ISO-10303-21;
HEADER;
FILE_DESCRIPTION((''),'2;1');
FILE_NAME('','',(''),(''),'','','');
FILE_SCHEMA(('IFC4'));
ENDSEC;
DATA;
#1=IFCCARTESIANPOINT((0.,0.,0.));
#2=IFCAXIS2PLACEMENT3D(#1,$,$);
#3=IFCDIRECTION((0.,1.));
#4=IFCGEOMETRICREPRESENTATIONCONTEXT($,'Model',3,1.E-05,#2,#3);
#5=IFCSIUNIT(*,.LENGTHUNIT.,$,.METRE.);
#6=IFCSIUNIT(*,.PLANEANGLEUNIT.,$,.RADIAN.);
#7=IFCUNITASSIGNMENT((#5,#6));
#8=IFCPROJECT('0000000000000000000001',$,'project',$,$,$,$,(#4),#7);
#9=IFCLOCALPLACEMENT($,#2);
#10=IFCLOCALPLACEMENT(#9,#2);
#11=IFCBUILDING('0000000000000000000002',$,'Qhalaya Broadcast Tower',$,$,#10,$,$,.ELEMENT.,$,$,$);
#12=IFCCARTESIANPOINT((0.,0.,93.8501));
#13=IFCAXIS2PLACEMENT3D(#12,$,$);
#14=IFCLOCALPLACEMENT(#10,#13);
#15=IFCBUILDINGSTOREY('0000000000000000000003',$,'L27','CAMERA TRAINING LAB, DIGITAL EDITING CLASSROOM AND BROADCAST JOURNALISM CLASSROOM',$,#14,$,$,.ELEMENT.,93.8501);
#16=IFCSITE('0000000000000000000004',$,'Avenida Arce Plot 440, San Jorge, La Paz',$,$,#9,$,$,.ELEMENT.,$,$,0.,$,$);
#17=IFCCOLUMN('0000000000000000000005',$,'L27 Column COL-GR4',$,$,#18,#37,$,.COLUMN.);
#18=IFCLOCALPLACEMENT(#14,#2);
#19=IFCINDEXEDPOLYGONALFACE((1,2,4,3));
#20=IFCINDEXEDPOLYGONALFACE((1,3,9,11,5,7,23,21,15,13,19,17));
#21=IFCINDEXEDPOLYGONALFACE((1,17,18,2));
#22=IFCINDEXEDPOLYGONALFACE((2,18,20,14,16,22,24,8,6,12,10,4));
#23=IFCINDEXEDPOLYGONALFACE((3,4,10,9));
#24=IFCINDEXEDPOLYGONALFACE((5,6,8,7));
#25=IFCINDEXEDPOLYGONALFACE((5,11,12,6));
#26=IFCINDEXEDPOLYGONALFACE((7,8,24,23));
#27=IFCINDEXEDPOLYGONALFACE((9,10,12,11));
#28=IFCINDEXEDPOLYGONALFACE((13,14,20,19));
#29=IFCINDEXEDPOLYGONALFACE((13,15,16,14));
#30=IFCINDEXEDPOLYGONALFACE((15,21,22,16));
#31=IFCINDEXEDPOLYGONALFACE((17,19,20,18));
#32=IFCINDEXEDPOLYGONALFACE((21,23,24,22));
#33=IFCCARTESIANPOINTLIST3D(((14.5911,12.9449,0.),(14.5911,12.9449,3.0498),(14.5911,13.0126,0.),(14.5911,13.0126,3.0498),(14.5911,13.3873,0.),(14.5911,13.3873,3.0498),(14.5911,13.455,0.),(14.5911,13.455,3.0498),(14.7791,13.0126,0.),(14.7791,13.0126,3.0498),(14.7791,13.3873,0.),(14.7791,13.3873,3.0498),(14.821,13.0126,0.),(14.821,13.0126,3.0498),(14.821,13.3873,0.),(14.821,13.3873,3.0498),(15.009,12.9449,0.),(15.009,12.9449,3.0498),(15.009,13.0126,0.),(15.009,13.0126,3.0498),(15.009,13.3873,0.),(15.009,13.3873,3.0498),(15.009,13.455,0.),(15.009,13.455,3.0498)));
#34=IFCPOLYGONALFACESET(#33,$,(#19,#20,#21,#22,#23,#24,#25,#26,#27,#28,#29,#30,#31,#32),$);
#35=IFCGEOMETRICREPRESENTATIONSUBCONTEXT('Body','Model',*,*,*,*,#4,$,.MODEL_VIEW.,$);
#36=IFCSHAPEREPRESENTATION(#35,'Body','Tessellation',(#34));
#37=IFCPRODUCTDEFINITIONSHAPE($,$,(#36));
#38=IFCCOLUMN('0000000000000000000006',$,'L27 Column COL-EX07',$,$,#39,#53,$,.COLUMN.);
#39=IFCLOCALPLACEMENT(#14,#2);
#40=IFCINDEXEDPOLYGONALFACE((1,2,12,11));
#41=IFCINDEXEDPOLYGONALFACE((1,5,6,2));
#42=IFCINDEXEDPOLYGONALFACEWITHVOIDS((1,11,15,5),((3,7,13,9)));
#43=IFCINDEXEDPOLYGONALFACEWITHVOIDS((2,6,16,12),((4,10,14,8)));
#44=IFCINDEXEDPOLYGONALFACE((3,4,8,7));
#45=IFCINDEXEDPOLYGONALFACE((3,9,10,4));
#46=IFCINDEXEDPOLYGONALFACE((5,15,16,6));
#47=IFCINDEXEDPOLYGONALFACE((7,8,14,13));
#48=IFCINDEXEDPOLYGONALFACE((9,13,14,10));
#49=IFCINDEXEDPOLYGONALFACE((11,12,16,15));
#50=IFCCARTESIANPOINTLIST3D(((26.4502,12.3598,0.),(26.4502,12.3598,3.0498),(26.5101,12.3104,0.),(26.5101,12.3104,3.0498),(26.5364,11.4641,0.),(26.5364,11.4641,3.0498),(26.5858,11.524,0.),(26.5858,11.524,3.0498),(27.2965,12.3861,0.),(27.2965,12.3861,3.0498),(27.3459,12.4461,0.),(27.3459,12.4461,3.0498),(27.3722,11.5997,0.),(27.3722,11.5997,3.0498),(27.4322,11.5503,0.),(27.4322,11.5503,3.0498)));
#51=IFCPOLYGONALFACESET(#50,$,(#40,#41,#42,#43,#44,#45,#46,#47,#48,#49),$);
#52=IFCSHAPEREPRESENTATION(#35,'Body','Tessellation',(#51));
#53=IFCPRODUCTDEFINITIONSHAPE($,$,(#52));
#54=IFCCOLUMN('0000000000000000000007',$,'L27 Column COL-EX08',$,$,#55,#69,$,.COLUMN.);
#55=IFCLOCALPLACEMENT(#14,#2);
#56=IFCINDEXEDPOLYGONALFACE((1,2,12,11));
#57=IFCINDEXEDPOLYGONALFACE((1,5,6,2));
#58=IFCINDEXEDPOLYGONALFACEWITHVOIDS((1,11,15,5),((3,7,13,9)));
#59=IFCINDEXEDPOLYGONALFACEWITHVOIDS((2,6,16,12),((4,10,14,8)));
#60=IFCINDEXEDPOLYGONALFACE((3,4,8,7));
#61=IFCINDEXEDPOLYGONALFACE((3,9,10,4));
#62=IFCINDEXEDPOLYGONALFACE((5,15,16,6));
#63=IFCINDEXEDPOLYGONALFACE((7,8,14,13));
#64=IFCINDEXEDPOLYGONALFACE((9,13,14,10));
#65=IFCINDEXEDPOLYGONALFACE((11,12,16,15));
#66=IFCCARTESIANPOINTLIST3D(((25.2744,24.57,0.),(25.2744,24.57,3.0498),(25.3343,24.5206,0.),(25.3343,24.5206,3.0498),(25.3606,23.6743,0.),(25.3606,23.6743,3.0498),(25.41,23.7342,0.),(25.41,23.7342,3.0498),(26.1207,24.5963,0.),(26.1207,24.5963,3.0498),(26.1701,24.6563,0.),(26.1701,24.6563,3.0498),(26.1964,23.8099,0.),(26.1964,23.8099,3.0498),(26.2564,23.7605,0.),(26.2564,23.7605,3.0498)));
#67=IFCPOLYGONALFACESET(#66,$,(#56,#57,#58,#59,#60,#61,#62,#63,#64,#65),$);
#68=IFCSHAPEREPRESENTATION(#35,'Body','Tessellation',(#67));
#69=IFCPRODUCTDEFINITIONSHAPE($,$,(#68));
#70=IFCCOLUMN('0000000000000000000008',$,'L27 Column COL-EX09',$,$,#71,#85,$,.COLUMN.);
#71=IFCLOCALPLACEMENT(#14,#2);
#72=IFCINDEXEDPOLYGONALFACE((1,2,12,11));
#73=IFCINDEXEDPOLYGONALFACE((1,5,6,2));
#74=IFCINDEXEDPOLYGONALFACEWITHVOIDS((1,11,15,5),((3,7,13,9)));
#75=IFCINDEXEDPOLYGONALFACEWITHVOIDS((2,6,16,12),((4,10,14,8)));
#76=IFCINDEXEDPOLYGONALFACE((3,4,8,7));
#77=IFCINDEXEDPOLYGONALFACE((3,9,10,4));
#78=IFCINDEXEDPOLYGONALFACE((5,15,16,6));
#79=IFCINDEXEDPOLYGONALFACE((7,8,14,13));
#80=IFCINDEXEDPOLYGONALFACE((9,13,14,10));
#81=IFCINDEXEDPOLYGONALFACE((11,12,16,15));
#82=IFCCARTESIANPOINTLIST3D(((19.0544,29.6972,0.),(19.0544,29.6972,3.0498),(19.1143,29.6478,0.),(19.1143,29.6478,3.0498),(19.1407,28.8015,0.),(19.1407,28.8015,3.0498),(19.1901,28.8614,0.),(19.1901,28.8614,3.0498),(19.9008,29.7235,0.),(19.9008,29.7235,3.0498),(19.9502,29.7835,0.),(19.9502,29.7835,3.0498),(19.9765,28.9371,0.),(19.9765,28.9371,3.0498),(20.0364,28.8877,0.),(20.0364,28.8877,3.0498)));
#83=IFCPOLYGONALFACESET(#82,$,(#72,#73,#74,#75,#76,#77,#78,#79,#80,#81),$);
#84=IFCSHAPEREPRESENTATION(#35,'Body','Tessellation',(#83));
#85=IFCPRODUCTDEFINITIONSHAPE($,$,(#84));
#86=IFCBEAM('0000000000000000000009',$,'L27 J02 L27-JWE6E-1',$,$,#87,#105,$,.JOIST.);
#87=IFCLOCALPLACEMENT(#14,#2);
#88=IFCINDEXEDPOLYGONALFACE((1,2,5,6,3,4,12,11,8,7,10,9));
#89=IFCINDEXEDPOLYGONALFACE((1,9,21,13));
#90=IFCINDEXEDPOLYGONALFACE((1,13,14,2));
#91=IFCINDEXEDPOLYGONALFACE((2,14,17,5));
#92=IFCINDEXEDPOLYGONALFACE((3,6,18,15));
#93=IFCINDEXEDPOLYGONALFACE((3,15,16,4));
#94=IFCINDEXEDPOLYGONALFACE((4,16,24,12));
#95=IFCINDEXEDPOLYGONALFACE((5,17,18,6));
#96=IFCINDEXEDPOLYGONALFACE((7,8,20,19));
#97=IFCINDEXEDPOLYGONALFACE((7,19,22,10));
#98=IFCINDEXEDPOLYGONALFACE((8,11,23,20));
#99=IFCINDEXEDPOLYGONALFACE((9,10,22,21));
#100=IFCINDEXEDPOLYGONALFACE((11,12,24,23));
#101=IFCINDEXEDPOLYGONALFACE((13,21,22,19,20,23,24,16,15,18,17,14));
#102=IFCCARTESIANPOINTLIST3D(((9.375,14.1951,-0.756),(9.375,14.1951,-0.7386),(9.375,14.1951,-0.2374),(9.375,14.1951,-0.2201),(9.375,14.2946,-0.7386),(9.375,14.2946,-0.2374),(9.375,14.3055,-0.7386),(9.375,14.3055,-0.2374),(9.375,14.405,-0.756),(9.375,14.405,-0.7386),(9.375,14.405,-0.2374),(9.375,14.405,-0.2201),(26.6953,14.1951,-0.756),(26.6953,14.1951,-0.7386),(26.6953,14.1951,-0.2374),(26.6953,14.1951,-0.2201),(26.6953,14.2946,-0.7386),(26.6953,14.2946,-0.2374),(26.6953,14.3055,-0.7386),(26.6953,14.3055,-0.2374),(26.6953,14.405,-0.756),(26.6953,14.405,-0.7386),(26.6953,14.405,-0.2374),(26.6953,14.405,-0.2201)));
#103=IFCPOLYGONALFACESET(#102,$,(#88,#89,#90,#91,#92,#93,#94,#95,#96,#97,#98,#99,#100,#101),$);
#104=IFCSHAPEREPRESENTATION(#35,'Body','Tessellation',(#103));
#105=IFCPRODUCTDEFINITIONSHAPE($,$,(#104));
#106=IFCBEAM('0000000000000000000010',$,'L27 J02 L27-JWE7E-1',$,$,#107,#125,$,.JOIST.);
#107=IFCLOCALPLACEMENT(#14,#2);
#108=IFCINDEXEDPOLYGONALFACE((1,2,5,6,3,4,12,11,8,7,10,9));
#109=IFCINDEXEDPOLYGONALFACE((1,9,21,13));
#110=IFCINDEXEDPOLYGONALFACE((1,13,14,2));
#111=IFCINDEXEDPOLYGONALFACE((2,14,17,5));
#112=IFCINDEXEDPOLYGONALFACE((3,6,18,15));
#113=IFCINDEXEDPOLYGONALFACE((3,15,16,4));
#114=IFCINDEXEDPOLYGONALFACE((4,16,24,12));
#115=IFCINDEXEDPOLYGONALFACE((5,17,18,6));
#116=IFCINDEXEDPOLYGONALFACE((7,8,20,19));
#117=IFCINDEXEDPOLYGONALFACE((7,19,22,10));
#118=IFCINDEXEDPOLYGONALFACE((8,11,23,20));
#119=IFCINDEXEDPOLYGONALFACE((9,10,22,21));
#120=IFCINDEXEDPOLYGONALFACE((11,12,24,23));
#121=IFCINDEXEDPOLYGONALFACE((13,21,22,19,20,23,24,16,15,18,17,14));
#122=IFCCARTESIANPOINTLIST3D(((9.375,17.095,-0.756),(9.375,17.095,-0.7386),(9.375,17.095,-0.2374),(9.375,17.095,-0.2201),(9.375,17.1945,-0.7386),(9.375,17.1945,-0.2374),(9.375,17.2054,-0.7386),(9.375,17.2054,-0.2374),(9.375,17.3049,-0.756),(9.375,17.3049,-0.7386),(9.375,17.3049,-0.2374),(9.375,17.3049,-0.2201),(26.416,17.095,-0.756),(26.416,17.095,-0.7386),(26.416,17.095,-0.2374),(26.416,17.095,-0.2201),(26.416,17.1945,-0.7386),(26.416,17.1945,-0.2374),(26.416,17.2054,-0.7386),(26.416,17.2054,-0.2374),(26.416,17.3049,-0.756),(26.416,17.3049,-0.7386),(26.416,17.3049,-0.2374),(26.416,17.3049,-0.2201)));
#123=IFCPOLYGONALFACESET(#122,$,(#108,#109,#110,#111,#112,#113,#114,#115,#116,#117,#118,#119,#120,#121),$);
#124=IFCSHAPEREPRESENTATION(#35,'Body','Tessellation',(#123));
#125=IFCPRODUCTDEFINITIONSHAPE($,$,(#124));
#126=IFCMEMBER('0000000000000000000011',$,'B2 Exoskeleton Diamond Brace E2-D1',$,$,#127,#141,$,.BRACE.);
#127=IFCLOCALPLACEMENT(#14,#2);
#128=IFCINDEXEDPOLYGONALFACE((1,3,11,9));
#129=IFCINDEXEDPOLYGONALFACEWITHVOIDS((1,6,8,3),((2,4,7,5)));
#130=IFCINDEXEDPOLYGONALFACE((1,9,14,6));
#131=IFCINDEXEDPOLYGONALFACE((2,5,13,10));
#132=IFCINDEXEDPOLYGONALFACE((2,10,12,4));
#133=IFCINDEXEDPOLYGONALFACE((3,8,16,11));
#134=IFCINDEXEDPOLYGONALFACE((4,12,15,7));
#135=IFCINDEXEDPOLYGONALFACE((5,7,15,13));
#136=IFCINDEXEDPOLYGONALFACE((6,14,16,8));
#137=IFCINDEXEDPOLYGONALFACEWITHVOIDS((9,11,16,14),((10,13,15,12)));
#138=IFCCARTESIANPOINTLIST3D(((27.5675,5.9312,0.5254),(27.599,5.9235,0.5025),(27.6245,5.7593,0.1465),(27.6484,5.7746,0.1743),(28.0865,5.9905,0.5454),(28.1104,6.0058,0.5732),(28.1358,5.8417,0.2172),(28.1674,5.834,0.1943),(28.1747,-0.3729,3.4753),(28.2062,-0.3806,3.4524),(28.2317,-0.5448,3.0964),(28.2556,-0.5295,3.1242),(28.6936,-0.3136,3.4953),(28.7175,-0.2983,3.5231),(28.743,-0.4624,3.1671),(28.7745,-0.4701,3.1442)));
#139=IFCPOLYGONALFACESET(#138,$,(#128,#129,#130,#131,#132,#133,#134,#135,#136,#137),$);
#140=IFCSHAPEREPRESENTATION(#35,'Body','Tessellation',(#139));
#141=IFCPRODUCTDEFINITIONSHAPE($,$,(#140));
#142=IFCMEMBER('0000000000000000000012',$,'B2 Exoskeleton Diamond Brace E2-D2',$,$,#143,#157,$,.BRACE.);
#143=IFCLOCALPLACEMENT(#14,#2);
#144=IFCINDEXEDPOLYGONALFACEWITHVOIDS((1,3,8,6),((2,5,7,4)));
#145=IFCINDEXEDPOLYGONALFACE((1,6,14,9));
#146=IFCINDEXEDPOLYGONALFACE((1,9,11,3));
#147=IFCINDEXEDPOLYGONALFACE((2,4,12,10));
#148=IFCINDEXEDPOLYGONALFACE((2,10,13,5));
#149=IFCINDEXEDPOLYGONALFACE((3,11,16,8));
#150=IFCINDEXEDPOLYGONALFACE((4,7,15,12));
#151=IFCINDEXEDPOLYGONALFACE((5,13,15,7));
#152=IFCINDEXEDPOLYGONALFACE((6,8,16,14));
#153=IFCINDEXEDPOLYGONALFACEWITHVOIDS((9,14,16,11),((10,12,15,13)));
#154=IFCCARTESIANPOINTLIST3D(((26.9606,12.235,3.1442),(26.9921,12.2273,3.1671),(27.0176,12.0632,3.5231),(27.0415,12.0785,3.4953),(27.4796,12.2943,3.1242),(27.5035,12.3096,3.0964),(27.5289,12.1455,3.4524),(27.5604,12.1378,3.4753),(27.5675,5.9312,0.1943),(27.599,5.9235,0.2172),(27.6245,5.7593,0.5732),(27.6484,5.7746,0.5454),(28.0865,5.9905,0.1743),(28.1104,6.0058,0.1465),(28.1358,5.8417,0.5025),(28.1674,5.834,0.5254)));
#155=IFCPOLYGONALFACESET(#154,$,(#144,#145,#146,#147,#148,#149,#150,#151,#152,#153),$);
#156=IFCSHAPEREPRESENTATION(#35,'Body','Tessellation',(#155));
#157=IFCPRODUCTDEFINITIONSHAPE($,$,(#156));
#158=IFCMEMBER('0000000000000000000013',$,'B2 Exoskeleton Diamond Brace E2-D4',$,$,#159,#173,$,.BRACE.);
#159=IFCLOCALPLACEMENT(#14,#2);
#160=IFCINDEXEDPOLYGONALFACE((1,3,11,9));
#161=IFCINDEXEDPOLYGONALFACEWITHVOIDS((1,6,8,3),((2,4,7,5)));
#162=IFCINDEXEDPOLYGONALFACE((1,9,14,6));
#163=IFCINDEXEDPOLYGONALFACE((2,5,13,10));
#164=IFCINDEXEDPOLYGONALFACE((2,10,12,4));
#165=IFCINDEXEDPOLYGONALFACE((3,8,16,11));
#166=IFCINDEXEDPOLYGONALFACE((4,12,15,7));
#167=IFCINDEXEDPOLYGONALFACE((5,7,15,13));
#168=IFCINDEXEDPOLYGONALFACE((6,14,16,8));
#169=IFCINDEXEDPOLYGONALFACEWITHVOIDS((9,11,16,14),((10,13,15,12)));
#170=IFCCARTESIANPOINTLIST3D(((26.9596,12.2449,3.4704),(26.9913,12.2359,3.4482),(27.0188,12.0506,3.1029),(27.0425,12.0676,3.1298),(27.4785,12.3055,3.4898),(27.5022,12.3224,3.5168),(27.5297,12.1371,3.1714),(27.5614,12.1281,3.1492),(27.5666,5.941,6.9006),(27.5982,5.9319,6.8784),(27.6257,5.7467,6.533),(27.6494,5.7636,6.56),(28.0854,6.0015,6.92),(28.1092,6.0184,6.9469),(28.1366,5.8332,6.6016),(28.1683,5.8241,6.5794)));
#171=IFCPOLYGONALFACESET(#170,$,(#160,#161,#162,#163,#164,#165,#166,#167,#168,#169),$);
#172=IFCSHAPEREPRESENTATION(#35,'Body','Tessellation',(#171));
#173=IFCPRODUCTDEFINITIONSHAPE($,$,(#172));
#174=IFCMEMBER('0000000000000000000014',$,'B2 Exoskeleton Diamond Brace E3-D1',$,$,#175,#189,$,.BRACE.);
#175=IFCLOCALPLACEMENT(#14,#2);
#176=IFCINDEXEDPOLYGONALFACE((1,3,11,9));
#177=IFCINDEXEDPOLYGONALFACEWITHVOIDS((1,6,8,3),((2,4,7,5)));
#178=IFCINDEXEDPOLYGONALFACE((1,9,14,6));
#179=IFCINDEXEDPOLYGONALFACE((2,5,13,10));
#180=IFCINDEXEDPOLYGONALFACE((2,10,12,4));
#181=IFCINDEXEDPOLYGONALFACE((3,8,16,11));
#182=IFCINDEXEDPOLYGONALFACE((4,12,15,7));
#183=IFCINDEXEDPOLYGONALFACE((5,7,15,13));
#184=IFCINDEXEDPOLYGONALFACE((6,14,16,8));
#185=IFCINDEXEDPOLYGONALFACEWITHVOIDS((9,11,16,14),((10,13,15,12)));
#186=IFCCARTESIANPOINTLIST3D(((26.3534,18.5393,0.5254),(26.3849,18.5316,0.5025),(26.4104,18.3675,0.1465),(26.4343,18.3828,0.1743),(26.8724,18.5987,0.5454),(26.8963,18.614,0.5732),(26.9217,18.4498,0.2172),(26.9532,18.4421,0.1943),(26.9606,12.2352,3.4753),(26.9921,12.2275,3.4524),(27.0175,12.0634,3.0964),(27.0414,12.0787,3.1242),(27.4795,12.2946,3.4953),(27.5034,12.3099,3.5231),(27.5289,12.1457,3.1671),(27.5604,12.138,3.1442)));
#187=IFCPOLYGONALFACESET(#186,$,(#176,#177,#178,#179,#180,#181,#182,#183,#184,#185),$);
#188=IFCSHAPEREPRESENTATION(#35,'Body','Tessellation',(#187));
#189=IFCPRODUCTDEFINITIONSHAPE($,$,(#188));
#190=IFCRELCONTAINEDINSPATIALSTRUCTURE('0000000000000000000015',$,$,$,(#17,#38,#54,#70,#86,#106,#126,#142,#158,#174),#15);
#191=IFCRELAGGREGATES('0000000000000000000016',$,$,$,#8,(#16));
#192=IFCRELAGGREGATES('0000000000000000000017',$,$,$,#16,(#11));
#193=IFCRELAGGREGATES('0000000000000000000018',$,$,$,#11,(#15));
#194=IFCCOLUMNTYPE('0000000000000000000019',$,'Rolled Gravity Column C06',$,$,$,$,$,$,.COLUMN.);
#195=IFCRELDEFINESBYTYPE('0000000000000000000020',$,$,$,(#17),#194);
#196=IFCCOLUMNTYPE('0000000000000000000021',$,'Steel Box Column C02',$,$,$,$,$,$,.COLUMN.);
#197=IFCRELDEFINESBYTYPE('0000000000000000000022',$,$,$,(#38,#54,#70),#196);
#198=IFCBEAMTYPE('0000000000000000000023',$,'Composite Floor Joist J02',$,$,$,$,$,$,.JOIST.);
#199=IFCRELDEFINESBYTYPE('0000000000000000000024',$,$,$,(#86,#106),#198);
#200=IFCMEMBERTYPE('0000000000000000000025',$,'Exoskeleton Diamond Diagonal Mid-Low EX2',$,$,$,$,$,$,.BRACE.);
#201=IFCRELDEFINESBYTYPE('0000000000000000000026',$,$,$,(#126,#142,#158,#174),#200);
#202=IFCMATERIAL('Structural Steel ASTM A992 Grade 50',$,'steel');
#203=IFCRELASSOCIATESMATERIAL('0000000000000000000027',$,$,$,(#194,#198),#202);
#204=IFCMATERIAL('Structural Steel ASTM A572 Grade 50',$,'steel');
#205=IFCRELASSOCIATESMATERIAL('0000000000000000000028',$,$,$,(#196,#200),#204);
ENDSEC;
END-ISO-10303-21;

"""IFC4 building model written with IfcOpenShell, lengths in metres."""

from ifc_helpers import new_model, si_unit, direction, frame, origin, origin_2d, place, context, subcontext, project, spatial, hollow_rectangle, i_section, extrude, material, material_profile, profile_set, type_object, element, save


model = new_model("IFC4")

# Units and contexts
model_context = context("Model", 3, precision=1e-05, world=origin(), true_north=direction((0.0, 1.0)))
body_context = subcontext(model_context, "Body", "Model", "MODEL_VIEW")
ifc_project = project(units=[si_unit("LENGTHUNIT", "METRE"), si_unit("PLANEANGLEUNIT", "RADIAN")], contexts=[model_context])

# Site, building, storey
site_placement = place(None, origin())
site = spatial("IfcSite", under=ifc_project, at=site_placement, Name="Avenida Arce Plot 440, San Jorge, La Paz", CompositionType="ELEMENT", RefElevation=0.0)
building_placement = place(site_placement, origin())
building = spatial("IfcBuilding", under=site, at=building_placement, Name="Qhalaya Broadcast Tower", CompositionType="ELEMENT")
storey_placement = place(building_placement, frame((0.0, 0.0, 93.8501)))
storey = spatial("IfcBuildingStorey", under=building, at=storey_placement, Name="L27", Description="CAMERA TRAINING LAB, DIGITAL EDITING CLASSROOM AND BROADCAST JOURNALISM CLASSROOM", CompositionType="ELEMENT", Elevation=93.8501)

# Columns
ifc_material_1 = material(Name="Structural Steel ASTM A992 Grade 50", Category="steel")
ifc_material_profile_1 = material_profile(ifc_material_1, i_section(OverallWidth=0.418, OverallDepth=0.51, WebThickness=0.042, FlangeThickness=0.0676, at=origin_2d()), Name="W14X370")
ifc_profile_set_1 = profile_set([ifc_material_profile_1], Name="Structural Steel ASTM A992 Grade 50")
column_type_1 = type_object("IfcColumnType", Name="Rolled Gravity Column C06", PredefinedType="COLUMN", material=ifc_profile_set_1)
column_placement = place(storey_placement, frame((14.8, 13.2, 0.0), z_axis=(0.0, 0.0, 1.0), x_axis=(1.0, 0.0, 0.0)))
element("IfcColumn", 1, at=column_placement, inside=storey, type_object=column_type_1, Name="L27 Column COL-GR4", PredefinedType="COLUMN", context=body_context, shape_type="SweptSolid", body=[
    extrude(i_section(OverallWidth=0.418, OverallDepth=0.51, WebThickness=0.042, FlangeThickness=0.0676, at=origin_2d()), origin(), (0.0, 0.0, 1.0), 3.0498),
])
ifc_material_2 = material(Name="Structural Steel ASTM A572 Grade 50", Category="steel")
ifc_material_profile_2 = material_profile(ifc_material_2, hollow_rectangle(XDim=0.8999, YDim=0.8999, WallThickness=0.0549, at=origin_2d()), Name="BOX 900x900x55")
ifc_profile_set_2 = profile_set([ifc_material_profile_2], Name="Structural Steel ASTM A572 Grade 50")
column_type_2 = type_object("IfcColumnType", Name="Steel Box Column C02", PredefinedType="COLUMN", material=ifc_profile_set_2)
for number, where, z_axis, x_axis, name in (
    (2, (26.9412, 11.9551, 0.0), (0.0, 0.0, 1.0), (-0.095846, 0.995396, 0.0), "L27 Column COL-EX07"),
    (3, (25.7654, 24.1653, 0.0), (0.0, 0.0, 1.0), (-0.095846, 0.995396, 0.0), "L27 Column COL-EX08"),
    (4, (19.5454, 29.2925, 0.0), (0.0, 0.0, 1.0), (0.995396, 0.095846, 0.0), "L27 Column COL-EX09"),
):
    element("IfcColumn", number, at=place(storey_placement, frame(where, z_axis=z_axis, x_axis=x_axis)), inside=storey, type_object=column_type_2, Name=name, PredefinedType="COLUMN", context=body_context, shape_type="SweptSolid", body=[
        extrude(hollow_rectangle(XDim=0.8999, YDim=0.8999, WallThickness=0.0549, at=origin_2d()), origin(), (0.0, 0.0, 1.0), 3.0498),
    ])

# Beams
ifc_material_profile_3 = material_profile(ifc_material_1, i_section(OverallWidth=0.21, OverallDepth=0.5359, WebThickness=0.011, FlangeThickness=0.0173, at=origin_2d()), Name="W21X68")
ifc_profile_set_3 = profile_set([ifc_material_profile_3], Name="Structural Steel ASTM A992 Grade 50")
beam_type_1 = type_object("IfcBeamType", Name="Composite Floor Joist J02", PredefinedType="JOIST", material=ifc_profile_set_3)
beam_1_placement = place(storey_placement, frame((9.375, 14.3, -0.488), z_axis=(1.0, 0.0, 0.0), x_axis=(0.0, 1.0, 0.0)))
element("IfcBeam", 5, at=beam_1_placement, inside=storey, type_object=beam_type_1, Name="L27 J02 L27-JWE6E-1", PredefinedType="JOIST", context=body_context, shape_type="SweptSolid", body=[
    extrude(i_section(OverallWidth=0.21, OverallDepth=0.5359, WebThickness=0.011, FlangeThickness=0.0173, at=origin_2d()), origin(), (0.0, 0.0, 1.0), 17.3203),
])
beam_2_placement = place(storey_placement, frame((9.375, 17.2, -0.488), z_axis=(1.0, 0.0, 0.0), x_axis=(0.0, 1.0, 0.0)))
element("IfcBeam", 6, at=beam_2_placement, inside=storey, type_object=beam_type_1, Name="L27 J02 L27-JWE7E-1", PredefinedType="JOIST", context=body_context, shape_type="SweptSolid", body=[
    extrude(i_section(OverallWidth=0.21, OverallDepth=0.5359, WebThickness=0.011, FlangeThickness=0.0173, at=origin_2d()), origin(), (0.0, 0.0, 1.0), 17.041),
])

# Members
ifc_material_profile_4 = material_profile(ifc_material_2, hollow_rectangle(XDim=0.4199, YDim=0.55, WallThickness=0.0281, at=origin_2d()), Name="BOX 420x550x28")
ifc_profile_set_4 = profile_set([ifc_material_profile_4], Name="Structural Steel ASTM A572 Grade 50")
member_type = type_object("IfcMemberType", Name="Exoskeleton Diamond Diagonal Mid-Low EX2", PredefinedType="BRACE", material=ifc_profile_set_4)
member_1_placement = place(storey_placement, frame((27.8674, 5.8826, 0.3599), z_axis=(0.086905, -0.902316, 0.422225), x_axis=(-0.135696, 0.409156, 0.902318)))
element("IfcMember", 7, at=member_1_placement, inside=storey, type_object=member_type, Name="B2 Exoskeleton Diamond Brace E2-D1", PredefinedType="BRACE", context=body_context, shape_type="SweptSolid", body=[
    extrude(hollow_rectangle(XDim=0.4199, YDim=0.55, WallThickness=0.0281, at=origin_2d()), origin(), (0.0, 0.0, 1.0), 6.9866),
])
member_2_placement = place(storey_placement, frame((27.8674, 5.8826, 0.3599), z_axis=(-0.086873, 0.902312, 0.422239), x_axis=(0.135684, -0.409175, 0.902311)))
element("IfcMember", 8, at=member_2_placement, inside=storey, type_object=member_type, Name="B2 Exoskeleton Diamond Brace E2-D2", PredefinedType="BRACE", context=body_context, shape_type="SweptSolid", body=[
    extrude(hollow_rectangle(XDim=0.4199, YDim=0.55, WallThickness=0.0281, at=origin_2d()), origin(), (0.0, 0.0, 1.0), 6.9863),
])
member_3_placement = place(storey_placement, frame((27.2605, 12.1865, 3.3098), z_axis=(0.084268, -0.87526, 0.476256), x_axis=(-0.140836, 0.462696, 0.875259)))
element("IfcMember", 9, at=member_3_placement, inside=storey, type_object=member_type, Name="B2 Exoskeleton Diamond Brace E2-D4", PredefinedType="BRACE", context=body_context, shape_type="SweptSolid", body=[
    extrude(hollow_rectangle(XDim=0.4199, YDim=0.55, WallThickness=0.0281, at=origin_2d()), origin(), (0.0, 0.0, 1.0), 7.2024),
])
for number, where, z_axis, x_axis, name in (
    (10, (26.6533, 18.4907, 0.3599), (0.086905, -0.902316, 0.422225), (-0.135696, 0.409156, 0.902318), "B2 Exoskeleton Diamond Brace E3-D1"),
):
    element("IfcMember", number, at=place(storey_placement, frame(where, z_axis=z_axis, x_axis=x_axis)), inside=storey, type_object=member_type, Name=name, PredefinedType="BRACE", context=body_context, shape_type="SweptSolid", body=[
        extrude(hollow_rectangle(XDim=0.4199, YDim=0.55, WallThickness=0.0281, at=origin_2d()), origin(), (0.0, 0.0, 1.0), 6.9866),
    ])

save(model, "model.ifc")
